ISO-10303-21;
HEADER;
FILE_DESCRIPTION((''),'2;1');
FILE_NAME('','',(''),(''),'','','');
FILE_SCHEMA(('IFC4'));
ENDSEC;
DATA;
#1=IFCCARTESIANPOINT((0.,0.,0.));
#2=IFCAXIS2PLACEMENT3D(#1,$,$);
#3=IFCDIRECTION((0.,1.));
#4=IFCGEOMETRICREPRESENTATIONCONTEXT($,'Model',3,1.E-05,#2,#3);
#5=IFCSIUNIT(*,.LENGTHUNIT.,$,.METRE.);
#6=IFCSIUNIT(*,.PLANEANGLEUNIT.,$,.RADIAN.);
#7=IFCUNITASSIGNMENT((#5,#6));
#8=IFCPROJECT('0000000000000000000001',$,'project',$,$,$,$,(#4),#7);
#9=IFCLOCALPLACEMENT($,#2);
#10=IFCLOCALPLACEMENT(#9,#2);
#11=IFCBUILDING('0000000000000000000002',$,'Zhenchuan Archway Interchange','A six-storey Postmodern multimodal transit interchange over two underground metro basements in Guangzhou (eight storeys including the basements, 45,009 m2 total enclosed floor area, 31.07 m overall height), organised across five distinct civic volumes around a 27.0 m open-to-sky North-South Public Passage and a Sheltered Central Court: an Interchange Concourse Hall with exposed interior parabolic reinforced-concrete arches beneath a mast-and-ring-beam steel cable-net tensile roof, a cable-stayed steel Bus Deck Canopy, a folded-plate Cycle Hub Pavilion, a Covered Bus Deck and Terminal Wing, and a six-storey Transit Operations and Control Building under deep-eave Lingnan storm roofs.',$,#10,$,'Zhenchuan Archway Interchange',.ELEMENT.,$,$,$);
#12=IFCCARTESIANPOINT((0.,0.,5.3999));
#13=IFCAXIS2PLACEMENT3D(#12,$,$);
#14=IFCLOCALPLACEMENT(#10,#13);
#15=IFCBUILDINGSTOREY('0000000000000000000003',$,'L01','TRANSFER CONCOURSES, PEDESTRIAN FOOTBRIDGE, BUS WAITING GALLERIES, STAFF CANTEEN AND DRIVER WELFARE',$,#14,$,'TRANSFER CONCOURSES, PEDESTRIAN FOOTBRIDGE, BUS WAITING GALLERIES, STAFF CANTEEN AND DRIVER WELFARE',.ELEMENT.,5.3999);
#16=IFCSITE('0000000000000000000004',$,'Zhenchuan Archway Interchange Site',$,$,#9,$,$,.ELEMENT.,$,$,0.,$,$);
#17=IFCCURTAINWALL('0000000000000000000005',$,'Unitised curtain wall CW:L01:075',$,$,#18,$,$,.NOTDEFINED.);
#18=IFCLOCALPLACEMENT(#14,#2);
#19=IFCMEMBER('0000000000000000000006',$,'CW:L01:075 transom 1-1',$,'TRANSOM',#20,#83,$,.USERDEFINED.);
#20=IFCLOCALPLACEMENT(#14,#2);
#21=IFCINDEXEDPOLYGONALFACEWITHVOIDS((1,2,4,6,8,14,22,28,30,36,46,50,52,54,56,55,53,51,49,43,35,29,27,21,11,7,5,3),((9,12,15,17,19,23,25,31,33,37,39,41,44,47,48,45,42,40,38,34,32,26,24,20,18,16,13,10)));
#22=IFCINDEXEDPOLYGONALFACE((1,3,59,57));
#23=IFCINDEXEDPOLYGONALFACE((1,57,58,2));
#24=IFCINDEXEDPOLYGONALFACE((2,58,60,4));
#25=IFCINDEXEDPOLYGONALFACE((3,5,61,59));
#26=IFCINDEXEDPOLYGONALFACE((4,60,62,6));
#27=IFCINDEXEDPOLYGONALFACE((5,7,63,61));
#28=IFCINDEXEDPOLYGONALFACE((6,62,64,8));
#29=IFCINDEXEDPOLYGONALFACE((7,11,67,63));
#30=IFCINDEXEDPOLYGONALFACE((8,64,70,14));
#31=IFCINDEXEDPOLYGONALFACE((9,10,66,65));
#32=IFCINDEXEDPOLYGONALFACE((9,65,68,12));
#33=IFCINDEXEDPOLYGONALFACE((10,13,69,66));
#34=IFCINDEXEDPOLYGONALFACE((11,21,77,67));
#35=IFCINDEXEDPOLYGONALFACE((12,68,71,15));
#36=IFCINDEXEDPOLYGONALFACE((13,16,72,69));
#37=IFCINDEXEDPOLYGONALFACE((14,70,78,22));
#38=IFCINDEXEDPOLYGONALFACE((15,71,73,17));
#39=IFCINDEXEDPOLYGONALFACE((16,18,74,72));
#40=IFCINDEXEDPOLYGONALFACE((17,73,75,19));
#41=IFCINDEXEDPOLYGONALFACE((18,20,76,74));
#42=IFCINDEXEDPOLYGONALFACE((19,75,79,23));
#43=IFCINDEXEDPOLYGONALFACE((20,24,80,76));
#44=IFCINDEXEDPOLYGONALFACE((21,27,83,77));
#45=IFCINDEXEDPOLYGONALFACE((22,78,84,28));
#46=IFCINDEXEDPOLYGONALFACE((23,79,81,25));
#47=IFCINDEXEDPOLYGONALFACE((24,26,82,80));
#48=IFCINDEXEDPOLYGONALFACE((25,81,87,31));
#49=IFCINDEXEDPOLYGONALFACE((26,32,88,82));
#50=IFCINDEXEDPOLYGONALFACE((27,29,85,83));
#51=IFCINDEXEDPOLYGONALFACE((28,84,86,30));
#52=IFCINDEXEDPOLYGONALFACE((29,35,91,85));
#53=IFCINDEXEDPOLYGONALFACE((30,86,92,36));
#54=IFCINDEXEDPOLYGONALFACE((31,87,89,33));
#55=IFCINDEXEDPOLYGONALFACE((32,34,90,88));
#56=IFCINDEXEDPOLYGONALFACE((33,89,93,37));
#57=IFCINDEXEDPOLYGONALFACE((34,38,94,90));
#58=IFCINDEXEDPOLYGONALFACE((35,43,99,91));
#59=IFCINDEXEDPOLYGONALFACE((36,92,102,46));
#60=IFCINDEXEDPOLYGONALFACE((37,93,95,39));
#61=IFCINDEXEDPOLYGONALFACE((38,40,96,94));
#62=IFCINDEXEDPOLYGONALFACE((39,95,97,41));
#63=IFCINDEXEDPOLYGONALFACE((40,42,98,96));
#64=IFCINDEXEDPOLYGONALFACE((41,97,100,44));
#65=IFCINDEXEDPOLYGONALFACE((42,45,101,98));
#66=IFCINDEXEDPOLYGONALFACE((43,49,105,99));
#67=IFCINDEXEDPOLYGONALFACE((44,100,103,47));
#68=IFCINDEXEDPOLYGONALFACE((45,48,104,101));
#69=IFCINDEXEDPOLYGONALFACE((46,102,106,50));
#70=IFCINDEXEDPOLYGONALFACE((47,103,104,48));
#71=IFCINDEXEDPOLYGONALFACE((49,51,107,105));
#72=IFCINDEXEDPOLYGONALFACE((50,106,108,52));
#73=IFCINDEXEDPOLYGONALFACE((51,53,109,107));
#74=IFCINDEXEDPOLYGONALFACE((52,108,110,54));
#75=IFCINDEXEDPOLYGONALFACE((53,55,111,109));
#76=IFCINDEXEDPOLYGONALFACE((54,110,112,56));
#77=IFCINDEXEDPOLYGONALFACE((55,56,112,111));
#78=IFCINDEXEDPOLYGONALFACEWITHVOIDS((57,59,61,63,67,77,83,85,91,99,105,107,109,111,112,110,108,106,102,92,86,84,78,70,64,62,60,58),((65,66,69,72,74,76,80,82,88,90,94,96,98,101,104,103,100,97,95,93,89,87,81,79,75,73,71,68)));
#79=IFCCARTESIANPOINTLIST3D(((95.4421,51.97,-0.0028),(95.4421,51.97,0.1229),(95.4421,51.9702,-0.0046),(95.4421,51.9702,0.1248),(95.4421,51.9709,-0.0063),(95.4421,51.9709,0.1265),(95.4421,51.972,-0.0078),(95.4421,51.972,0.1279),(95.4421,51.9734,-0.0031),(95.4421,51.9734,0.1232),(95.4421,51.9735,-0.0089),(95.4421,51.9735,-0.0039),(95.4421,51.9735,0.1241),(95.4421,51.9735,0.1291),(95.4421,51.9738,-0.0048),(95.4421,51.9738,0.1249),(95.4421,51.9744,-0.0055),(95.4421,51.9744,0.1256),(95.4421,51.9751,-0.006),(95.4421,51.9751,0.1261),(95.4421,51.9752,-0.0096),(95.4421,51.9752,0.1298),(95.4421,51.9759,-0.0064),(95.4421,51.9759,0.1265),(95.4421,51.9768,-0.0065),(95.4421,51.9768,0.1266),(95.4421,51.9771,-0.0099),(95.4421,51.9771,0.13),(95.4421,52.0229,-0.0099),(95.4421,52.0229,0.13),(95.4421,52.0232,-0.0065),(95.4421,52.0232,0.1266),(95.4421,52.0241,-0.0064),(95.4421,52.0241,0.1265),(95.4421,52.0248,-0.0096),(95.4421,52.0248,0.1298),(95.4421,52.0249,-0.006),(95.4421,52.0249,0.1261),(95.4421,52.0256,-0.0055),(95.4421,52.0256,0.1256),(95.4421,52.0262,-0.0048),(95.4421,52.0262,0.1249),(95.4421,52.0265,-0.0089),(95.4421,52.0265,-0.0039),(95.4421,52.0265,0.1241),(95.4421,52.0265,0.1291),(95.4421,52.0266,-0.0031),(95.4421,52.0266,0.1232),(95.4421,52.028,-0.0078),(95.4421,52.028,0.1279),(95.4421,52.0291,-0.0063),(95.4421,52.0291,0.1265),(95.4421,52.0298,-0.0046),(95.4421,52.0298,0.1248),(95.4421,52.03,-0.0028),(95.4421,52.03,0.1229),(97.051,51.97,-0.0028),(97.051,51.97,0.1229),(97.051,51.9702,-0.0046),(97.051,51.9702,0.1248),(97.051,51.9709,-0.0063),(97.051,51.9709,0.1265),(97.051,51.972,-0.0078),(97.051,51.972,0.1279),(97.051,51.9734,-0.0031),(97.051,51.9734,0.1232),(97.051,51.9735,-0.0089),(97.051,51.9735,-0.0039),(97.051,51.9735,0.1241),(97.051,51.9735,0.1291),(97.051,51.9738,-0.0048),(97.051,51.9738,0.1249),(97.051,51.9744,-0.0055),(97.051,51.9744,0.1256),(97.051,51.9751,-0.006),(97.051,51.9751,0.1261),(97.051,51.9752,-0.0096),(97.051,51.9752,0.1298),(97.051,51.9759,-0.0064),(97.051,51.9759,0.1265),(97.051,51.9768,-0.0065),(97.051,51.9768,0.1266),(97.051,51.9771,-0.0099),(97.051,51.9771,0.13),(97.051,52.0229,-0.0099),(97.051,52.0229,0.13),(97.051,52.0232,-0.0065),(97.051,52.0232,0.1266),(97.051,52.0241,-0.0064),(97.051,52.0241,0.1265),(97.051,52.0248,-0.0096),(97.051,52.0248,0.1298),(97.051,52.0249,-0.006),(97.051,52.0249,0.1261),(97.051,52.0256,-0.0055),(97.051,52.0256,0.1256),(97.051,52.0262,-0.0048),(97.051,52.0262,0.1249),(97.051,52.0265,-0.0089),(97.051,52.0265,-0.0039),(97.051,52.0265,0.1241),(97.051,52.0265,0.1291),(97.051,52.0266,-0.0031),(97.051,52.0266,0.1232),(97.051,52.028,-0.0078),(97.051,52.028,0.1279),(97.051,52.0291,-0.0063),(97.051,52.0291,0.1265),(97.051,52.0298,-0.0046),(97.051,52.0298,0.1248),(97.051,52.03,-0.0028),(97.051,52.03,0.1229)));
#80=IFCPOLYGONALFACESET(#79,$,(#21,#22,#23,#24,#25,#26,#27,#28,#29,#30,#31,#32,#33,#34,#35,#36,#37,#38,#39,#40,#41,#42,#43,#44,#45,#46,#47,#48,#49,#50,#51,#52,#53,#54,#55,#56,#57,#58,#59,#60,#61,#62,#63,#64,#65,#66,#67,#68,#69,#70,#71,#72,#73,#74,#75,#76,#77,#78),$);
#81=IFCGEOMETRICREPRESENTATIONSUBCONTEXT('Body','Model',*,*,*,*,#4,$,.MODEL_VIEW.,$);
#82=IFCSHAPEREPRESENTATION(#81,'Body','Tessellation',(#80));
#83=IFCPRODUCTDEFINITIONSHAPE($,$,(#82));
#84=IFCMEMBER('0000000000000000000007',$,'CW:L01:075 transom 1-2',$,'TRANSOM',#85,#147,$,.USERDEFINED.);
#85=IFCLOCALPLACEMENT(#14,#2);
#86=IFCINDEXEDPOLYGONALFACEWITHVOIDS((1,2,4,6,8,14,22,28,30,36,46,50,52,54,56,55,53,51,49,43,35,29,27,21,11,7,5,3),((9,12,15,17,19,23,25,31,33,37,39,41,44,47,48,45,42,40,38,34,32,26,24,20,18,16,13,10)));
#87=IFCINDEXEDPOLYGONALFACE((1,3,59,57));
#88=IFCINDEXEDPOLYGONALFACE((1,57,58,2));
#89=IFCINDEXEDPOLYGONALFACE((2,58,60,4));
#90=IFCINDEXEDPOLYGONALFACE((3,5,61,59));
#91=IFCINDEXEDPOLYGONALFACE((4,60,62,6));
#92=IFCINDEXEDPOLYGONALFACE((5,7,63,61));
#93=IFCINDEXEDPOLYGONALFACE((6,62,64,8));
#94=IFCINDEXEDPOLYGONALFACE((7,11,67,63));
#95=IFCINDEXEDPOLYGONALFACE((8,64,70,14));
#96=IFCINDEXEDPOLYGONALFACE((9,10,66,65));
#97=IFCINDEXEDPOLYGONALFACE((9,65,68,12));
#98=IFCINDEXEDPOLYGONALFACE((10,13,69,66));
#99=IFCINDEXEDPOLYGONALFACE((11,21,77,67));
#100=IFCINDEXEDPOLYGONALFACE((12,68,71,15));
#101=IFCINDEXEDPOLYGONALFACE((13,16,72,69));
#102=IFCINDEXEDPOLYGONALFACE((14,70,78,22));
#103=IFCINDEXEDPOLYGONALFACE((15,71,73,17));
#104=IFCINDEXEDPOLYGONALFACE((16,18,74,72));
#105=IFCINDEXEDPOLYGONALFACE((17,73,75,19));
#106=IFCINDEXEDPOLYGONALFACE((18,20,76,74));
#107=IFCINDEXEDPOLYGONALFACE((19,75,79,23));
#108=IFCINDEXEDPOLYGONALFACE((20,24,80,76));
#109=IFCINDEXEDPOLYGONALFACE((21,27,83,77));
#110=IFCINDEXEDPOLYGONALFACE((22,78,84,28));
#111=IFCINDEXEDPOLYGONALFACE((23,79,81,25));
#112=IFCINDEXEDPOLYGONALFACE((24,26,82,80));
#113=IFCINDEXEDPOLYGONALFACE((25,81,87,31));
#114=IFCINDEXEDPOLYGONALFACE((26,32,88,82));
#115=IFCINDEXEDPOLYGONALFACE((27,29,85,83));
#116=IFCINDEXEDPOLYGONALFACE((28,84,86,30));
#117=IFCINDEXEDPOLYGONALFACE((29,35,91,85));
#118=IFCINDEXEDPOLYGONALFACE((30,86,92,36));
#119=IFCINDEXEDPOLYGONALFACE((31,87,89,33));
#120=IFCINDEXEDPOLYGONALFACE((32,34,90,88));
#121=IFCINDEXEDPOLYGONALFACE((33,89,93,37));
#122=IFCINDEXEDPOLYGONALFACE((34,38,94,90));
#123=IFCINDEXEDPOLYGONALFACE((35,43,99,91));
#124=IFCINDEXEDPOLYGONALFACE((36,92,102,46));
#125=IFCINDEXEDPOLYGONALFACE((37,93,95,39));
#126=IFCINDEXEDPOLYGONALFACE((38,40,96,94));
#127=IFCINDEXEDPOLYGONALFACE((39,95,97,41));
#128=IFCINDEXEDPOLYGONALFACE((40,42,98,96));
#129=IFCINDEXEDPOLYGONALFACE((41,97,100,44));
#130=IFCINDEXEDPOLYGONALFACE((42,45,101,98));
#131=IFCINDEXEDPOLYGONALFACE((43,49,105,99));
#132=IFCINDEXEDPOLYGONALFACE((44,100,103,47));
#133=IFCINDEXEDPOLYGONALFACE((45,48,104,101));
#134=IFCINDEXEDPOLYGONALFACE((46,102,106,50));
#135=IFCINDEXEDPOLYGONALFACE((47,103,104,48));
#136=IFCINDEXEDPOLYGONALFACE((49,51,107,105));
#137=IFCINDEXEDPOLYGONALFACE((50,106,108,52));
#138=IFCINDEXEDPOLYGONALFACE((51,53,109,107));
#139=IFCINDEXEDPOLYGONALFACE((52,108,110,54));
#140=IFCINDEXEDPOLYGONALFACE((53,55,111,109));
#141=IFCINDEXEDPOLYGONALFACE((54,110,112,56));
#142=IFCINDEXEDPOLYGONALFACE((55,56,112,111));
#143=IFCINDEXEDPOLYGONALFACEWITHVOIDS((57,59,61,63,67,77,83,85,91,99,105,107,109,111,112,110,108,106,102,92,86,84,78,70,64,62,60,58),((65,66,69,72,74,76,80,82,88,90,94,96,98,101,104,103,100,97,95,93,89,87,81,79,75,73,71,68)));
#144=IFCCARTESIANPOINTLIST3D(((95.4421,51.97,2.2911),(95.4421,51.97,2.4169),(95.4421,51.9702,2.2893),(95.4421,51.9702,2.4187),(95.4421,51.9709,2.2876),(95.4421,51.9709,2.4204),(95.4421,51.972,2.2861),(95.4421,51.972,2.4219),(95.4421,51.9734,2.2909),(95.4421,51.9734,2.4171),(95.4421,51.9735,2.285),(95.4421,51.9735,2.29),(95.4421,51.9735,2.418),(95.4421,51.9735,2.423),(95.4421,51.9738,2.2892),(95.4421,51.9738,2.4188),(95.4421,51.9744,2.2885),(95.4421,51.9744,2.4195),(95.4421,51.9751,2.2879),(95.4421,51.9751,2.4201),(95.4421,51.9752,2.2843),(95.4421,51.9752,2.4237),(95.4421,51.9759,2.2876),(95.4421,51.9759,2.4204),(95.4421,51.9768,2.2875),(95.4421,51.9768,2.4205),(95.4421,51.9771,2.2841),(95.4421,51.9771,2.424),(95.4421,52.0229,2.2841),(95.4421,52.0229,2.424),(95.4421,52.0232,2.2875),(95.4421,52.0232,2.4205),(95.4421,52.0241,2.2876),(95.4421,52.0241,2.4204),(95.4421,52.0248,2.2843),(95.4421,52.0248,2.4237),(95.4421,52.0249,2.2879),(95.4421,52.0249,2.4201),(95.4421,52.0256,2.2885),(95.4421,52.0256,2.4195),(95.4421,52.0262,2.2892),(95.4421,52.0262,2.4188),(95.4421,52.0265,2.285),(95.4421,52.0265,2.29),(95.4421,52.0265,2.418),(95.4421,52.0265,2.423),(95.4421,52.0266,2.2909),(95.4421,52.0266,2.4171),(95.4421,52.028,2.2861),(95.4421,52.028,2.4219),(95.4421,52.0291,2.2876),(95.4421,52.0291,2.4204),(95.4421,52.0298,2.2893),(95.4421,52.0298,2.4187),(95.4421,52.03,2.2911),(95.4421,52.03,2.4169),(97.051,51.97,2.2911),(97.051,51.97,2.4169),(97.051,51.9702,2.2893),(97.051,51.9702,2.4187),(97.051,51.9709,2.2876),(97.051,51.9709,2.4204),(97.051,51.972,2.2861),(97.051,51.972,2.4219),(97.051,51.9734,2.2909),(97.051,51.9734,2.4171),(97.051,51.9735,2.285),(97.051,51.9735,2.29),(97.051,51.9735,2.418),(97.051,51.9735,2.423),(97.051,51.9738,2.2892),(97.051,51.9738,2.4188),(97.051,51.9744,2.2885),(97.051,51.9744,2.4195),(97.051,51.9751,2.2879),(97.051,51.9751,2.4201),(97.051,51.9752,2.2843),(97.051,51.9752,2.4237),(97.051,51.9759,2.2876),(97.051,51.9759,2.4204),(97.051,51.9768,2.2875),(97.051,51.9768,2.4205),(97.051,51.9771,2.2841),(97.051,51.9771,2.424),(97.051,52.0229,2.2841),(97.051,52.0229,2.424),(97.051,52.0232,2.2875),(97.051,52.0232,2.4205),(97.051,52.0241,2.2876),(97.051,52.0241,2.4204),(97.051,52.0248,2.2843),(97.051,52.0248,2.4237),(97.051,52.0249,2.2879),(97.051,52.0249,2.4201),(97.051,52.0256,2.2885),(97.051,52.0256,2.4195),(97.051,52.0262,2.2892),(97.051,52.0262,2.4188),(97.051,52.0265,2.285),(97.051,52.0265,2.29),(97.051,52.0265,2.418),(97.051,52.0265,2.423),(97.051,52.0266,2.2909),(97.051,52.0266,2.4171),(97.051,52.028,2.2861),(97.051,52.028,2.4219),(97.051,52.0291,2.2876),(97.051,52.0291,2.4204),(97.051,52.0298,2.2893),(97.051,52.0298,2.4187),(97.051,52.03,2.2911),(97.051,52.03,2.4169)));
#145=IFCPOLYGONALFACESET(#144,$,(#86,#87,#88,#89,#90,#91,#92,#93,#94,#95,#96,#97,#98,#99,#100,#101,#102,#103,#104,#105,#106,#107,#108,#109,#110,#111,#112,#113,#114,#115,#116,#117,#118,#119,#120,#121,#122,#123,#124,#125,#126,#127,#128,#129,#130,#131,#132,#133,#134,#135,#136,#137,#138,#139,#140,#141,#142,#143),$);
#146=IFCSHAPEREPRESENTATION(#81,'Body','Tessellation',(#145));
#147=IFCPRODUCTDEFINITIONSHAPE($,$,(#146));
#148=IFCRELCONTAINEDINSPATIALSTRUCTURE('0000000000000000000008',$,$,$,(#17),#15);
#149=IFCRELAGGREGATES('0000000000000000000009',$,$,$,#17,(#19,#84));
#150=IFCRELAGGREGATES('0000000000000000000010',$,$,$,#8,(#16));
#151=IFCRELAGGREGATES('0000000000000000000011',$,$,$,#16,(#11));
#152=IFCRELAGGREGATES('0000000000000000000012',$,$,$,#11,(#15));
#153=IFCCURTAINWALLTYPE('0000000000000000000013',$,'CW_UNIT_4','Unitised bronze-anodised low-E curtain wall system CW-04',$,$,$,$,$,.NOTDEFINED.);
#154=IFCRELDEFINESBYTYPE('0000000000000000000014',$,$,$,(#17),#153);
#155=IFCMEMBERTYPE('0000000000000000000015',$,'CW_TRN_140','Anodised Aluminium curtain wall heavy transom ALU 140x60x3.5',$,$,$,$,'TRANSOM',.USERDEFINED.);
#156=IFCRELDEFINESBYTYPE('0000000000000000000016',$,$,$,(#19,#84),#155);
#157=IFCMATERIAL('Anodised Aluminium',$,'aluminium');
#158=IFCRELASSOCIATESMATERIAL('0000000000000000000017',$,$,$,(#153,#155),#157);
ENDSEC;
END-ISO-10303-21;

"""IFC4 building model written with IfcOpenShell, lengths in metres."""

from ifc_helpers import new_model, si_unit, direction, frame, origin, origin_2d, place, context, subcontext, project, spatial, hollow_rectangle, extrude, material, material_profile, profile_set, type_object, element, aggregate, save


model = new_model("IFC4")

# Units and contexts
model_context = context("Model", 3, precision=1e-05, world=origin(), true_north=direction((0.0, 1.0)))
body_context = subcontext(model_context, "Body", "Model", "MODEL_VIEW")
ifc_project = project(units=[si_unit("LENGTHUNIT", "METRE"), si_unit("PLANEANGLEUNIT", "RADIAN")], contexts=[model_context])

# Site, building, storey
site_placement = place(None, origin())
site = spatial("IfcSite", under=ifc_project, at=site_placement, Name="Zhenchuan Archway Interchange Site", CompositionType="ELEMENT", RefElevation=0.0)
building_placement = place(site_placement, origin())
building = spatial("IfcBuilding", under=site, at=building_placement, Name="Zhenchuan Archway Interchange", Description="A six-storey Postmodern multimodal transit interchange over two underground metro basements in Guangzhou (eight storeys including the basements, 45,009 m2 total enclosed floor area, 31.07 m overall height), organised across five distinct civic volumes around a 27.0 m open-to-sky North-South Public Passage and a Sheltered Central Court: an Interchange Concourse Hall with exposed interior parabolic reinforced-concrete arches beneath a mast-and-ring-beam steel cable-net tensile roof, a cable-stayed steel Bus Deck Canopy, a folded-plate Cycle Hub Pavilion, a Covered Bus Deck and Terminal Wing, and a six-storey Transit Operations and Control Building under deep-eave Lingnan storm roofs.", LongName="Zhenchuan Archway Interchange", CompositionType="ELEMENT")
storey_placement = place(building_placement, frame((0.0, 0.0, 5.3999)))
storey = spatial("IfcBuildingStorey", under=building, at=storey_placement, Name="L01", Description="TRANSFER CONCOURSES, PEDESTRIAN FOOTBRIDGE, BUS WAITING GALLERIES, STAFF CANTEEN AND DRIVER WELFARE", LongName="TRANSFER CONCOURSES, PEDESTRIAN FOOTBRIDGE, BUS WAITING GALLERIES, STAFF CANTEEN AND DRIVER WELFARE", CompositionType="ELEMENT", Elevation=5.3999)

# Curtain wall, members
ifc_material_1 = material(Name="Anodised Aluminium", Category="aluminium")
curtain_wall_type = type_object("IfcCurtainWallType", Name="CW_UNIT_4", Description="Unitised bronze-anodised low-E curtain wall system CW-04", PredefinedType="NOTDEFINED", material=ifc_material_1)
curtain_wall_placement = place(storey_placement, origin())
curtain_wall = element("IfcCurtainWall", 1, at=curtain_wall_placement, inside=storey, type_object=curtain_wall_type, Name="Unitised curtain wall CW:L01:075", PredefinedType="NOTDEFINED")
ifc_material_profile_1 = material_profile(ifc_material_1, hollow_rectangle(XDim=0.0601, YDim=0.1399, WallThickness=0.0034, InnerFilletRadius=0.0034, OuterFilletRadius=0.0071, at=origin_2d()), Name="ALU 140x60x3.5")
ifc_profile_set_1 = profile_set([ifc_material_profile_1], Name="Anodised Aluminium")
member_type_1 = type_object("IfcMemberType", Name="CW_TRN_140", Description="Anodised Aluminium curtain wall heavy transom ALU 140x60x3.5", ElementType="TRANSOM", PredefinedType="USERDEFINED", material=ifc_profile_set_1)
member_1_placement = place(storey_placement, frame((97.051, 52.0, 0.0601), z_axis=(-1.0, 0.0, 0.0), x_axis=(0.0, -1.0, 0.0)))
member_1 = element("IfcMember", 2, at=member_1_placement, type_object=member_type_1, Name="CW:L01:075 transom 1-1", ObjectType="TRANSOM", PredefinedType="USERDEFINED", context=body_context, shape_type="SweptSolid", body=[
    extrude(hollow_rectangle(XDim=0.0601, YDim=0.1399, WallThickness=0.0034, InnerFilletRadius=0.0034, OuterFilletRadius=0.0071, at=origin_2d()), origin(), (0.0, 0.0, 1.0), 1.6089),
])
member_2_placement = place(storey_placement, frame((97.051, 52.0, 2.354), z_axis=(-1.0, 0.0, 0.0), x_axis=(0.0, -1.0, 0.0)))
member_2 = element("IfcMember", 3, at=member_2_placement, type_object=member_type_1, Name="CW:L01:075 transom 1-2", ObjectType="TRANSOM", PredefinedType="USERDEFINED", context=body_context, shape_type="SweptSolid", body=[
    extrude(hollow_rectangle(XDim=0.0601, YDim=0.1399, WallThickness=0.0034, InnerFilletRadius=0.0034, OuterFilletRadius=0.0071, at=origin_2d()), origin(), (0.0, 0.0, 1.0), 1.6089),
])

aggregate(curtain_wall, [member_1, member_2])

save(model, "model.ifc")
